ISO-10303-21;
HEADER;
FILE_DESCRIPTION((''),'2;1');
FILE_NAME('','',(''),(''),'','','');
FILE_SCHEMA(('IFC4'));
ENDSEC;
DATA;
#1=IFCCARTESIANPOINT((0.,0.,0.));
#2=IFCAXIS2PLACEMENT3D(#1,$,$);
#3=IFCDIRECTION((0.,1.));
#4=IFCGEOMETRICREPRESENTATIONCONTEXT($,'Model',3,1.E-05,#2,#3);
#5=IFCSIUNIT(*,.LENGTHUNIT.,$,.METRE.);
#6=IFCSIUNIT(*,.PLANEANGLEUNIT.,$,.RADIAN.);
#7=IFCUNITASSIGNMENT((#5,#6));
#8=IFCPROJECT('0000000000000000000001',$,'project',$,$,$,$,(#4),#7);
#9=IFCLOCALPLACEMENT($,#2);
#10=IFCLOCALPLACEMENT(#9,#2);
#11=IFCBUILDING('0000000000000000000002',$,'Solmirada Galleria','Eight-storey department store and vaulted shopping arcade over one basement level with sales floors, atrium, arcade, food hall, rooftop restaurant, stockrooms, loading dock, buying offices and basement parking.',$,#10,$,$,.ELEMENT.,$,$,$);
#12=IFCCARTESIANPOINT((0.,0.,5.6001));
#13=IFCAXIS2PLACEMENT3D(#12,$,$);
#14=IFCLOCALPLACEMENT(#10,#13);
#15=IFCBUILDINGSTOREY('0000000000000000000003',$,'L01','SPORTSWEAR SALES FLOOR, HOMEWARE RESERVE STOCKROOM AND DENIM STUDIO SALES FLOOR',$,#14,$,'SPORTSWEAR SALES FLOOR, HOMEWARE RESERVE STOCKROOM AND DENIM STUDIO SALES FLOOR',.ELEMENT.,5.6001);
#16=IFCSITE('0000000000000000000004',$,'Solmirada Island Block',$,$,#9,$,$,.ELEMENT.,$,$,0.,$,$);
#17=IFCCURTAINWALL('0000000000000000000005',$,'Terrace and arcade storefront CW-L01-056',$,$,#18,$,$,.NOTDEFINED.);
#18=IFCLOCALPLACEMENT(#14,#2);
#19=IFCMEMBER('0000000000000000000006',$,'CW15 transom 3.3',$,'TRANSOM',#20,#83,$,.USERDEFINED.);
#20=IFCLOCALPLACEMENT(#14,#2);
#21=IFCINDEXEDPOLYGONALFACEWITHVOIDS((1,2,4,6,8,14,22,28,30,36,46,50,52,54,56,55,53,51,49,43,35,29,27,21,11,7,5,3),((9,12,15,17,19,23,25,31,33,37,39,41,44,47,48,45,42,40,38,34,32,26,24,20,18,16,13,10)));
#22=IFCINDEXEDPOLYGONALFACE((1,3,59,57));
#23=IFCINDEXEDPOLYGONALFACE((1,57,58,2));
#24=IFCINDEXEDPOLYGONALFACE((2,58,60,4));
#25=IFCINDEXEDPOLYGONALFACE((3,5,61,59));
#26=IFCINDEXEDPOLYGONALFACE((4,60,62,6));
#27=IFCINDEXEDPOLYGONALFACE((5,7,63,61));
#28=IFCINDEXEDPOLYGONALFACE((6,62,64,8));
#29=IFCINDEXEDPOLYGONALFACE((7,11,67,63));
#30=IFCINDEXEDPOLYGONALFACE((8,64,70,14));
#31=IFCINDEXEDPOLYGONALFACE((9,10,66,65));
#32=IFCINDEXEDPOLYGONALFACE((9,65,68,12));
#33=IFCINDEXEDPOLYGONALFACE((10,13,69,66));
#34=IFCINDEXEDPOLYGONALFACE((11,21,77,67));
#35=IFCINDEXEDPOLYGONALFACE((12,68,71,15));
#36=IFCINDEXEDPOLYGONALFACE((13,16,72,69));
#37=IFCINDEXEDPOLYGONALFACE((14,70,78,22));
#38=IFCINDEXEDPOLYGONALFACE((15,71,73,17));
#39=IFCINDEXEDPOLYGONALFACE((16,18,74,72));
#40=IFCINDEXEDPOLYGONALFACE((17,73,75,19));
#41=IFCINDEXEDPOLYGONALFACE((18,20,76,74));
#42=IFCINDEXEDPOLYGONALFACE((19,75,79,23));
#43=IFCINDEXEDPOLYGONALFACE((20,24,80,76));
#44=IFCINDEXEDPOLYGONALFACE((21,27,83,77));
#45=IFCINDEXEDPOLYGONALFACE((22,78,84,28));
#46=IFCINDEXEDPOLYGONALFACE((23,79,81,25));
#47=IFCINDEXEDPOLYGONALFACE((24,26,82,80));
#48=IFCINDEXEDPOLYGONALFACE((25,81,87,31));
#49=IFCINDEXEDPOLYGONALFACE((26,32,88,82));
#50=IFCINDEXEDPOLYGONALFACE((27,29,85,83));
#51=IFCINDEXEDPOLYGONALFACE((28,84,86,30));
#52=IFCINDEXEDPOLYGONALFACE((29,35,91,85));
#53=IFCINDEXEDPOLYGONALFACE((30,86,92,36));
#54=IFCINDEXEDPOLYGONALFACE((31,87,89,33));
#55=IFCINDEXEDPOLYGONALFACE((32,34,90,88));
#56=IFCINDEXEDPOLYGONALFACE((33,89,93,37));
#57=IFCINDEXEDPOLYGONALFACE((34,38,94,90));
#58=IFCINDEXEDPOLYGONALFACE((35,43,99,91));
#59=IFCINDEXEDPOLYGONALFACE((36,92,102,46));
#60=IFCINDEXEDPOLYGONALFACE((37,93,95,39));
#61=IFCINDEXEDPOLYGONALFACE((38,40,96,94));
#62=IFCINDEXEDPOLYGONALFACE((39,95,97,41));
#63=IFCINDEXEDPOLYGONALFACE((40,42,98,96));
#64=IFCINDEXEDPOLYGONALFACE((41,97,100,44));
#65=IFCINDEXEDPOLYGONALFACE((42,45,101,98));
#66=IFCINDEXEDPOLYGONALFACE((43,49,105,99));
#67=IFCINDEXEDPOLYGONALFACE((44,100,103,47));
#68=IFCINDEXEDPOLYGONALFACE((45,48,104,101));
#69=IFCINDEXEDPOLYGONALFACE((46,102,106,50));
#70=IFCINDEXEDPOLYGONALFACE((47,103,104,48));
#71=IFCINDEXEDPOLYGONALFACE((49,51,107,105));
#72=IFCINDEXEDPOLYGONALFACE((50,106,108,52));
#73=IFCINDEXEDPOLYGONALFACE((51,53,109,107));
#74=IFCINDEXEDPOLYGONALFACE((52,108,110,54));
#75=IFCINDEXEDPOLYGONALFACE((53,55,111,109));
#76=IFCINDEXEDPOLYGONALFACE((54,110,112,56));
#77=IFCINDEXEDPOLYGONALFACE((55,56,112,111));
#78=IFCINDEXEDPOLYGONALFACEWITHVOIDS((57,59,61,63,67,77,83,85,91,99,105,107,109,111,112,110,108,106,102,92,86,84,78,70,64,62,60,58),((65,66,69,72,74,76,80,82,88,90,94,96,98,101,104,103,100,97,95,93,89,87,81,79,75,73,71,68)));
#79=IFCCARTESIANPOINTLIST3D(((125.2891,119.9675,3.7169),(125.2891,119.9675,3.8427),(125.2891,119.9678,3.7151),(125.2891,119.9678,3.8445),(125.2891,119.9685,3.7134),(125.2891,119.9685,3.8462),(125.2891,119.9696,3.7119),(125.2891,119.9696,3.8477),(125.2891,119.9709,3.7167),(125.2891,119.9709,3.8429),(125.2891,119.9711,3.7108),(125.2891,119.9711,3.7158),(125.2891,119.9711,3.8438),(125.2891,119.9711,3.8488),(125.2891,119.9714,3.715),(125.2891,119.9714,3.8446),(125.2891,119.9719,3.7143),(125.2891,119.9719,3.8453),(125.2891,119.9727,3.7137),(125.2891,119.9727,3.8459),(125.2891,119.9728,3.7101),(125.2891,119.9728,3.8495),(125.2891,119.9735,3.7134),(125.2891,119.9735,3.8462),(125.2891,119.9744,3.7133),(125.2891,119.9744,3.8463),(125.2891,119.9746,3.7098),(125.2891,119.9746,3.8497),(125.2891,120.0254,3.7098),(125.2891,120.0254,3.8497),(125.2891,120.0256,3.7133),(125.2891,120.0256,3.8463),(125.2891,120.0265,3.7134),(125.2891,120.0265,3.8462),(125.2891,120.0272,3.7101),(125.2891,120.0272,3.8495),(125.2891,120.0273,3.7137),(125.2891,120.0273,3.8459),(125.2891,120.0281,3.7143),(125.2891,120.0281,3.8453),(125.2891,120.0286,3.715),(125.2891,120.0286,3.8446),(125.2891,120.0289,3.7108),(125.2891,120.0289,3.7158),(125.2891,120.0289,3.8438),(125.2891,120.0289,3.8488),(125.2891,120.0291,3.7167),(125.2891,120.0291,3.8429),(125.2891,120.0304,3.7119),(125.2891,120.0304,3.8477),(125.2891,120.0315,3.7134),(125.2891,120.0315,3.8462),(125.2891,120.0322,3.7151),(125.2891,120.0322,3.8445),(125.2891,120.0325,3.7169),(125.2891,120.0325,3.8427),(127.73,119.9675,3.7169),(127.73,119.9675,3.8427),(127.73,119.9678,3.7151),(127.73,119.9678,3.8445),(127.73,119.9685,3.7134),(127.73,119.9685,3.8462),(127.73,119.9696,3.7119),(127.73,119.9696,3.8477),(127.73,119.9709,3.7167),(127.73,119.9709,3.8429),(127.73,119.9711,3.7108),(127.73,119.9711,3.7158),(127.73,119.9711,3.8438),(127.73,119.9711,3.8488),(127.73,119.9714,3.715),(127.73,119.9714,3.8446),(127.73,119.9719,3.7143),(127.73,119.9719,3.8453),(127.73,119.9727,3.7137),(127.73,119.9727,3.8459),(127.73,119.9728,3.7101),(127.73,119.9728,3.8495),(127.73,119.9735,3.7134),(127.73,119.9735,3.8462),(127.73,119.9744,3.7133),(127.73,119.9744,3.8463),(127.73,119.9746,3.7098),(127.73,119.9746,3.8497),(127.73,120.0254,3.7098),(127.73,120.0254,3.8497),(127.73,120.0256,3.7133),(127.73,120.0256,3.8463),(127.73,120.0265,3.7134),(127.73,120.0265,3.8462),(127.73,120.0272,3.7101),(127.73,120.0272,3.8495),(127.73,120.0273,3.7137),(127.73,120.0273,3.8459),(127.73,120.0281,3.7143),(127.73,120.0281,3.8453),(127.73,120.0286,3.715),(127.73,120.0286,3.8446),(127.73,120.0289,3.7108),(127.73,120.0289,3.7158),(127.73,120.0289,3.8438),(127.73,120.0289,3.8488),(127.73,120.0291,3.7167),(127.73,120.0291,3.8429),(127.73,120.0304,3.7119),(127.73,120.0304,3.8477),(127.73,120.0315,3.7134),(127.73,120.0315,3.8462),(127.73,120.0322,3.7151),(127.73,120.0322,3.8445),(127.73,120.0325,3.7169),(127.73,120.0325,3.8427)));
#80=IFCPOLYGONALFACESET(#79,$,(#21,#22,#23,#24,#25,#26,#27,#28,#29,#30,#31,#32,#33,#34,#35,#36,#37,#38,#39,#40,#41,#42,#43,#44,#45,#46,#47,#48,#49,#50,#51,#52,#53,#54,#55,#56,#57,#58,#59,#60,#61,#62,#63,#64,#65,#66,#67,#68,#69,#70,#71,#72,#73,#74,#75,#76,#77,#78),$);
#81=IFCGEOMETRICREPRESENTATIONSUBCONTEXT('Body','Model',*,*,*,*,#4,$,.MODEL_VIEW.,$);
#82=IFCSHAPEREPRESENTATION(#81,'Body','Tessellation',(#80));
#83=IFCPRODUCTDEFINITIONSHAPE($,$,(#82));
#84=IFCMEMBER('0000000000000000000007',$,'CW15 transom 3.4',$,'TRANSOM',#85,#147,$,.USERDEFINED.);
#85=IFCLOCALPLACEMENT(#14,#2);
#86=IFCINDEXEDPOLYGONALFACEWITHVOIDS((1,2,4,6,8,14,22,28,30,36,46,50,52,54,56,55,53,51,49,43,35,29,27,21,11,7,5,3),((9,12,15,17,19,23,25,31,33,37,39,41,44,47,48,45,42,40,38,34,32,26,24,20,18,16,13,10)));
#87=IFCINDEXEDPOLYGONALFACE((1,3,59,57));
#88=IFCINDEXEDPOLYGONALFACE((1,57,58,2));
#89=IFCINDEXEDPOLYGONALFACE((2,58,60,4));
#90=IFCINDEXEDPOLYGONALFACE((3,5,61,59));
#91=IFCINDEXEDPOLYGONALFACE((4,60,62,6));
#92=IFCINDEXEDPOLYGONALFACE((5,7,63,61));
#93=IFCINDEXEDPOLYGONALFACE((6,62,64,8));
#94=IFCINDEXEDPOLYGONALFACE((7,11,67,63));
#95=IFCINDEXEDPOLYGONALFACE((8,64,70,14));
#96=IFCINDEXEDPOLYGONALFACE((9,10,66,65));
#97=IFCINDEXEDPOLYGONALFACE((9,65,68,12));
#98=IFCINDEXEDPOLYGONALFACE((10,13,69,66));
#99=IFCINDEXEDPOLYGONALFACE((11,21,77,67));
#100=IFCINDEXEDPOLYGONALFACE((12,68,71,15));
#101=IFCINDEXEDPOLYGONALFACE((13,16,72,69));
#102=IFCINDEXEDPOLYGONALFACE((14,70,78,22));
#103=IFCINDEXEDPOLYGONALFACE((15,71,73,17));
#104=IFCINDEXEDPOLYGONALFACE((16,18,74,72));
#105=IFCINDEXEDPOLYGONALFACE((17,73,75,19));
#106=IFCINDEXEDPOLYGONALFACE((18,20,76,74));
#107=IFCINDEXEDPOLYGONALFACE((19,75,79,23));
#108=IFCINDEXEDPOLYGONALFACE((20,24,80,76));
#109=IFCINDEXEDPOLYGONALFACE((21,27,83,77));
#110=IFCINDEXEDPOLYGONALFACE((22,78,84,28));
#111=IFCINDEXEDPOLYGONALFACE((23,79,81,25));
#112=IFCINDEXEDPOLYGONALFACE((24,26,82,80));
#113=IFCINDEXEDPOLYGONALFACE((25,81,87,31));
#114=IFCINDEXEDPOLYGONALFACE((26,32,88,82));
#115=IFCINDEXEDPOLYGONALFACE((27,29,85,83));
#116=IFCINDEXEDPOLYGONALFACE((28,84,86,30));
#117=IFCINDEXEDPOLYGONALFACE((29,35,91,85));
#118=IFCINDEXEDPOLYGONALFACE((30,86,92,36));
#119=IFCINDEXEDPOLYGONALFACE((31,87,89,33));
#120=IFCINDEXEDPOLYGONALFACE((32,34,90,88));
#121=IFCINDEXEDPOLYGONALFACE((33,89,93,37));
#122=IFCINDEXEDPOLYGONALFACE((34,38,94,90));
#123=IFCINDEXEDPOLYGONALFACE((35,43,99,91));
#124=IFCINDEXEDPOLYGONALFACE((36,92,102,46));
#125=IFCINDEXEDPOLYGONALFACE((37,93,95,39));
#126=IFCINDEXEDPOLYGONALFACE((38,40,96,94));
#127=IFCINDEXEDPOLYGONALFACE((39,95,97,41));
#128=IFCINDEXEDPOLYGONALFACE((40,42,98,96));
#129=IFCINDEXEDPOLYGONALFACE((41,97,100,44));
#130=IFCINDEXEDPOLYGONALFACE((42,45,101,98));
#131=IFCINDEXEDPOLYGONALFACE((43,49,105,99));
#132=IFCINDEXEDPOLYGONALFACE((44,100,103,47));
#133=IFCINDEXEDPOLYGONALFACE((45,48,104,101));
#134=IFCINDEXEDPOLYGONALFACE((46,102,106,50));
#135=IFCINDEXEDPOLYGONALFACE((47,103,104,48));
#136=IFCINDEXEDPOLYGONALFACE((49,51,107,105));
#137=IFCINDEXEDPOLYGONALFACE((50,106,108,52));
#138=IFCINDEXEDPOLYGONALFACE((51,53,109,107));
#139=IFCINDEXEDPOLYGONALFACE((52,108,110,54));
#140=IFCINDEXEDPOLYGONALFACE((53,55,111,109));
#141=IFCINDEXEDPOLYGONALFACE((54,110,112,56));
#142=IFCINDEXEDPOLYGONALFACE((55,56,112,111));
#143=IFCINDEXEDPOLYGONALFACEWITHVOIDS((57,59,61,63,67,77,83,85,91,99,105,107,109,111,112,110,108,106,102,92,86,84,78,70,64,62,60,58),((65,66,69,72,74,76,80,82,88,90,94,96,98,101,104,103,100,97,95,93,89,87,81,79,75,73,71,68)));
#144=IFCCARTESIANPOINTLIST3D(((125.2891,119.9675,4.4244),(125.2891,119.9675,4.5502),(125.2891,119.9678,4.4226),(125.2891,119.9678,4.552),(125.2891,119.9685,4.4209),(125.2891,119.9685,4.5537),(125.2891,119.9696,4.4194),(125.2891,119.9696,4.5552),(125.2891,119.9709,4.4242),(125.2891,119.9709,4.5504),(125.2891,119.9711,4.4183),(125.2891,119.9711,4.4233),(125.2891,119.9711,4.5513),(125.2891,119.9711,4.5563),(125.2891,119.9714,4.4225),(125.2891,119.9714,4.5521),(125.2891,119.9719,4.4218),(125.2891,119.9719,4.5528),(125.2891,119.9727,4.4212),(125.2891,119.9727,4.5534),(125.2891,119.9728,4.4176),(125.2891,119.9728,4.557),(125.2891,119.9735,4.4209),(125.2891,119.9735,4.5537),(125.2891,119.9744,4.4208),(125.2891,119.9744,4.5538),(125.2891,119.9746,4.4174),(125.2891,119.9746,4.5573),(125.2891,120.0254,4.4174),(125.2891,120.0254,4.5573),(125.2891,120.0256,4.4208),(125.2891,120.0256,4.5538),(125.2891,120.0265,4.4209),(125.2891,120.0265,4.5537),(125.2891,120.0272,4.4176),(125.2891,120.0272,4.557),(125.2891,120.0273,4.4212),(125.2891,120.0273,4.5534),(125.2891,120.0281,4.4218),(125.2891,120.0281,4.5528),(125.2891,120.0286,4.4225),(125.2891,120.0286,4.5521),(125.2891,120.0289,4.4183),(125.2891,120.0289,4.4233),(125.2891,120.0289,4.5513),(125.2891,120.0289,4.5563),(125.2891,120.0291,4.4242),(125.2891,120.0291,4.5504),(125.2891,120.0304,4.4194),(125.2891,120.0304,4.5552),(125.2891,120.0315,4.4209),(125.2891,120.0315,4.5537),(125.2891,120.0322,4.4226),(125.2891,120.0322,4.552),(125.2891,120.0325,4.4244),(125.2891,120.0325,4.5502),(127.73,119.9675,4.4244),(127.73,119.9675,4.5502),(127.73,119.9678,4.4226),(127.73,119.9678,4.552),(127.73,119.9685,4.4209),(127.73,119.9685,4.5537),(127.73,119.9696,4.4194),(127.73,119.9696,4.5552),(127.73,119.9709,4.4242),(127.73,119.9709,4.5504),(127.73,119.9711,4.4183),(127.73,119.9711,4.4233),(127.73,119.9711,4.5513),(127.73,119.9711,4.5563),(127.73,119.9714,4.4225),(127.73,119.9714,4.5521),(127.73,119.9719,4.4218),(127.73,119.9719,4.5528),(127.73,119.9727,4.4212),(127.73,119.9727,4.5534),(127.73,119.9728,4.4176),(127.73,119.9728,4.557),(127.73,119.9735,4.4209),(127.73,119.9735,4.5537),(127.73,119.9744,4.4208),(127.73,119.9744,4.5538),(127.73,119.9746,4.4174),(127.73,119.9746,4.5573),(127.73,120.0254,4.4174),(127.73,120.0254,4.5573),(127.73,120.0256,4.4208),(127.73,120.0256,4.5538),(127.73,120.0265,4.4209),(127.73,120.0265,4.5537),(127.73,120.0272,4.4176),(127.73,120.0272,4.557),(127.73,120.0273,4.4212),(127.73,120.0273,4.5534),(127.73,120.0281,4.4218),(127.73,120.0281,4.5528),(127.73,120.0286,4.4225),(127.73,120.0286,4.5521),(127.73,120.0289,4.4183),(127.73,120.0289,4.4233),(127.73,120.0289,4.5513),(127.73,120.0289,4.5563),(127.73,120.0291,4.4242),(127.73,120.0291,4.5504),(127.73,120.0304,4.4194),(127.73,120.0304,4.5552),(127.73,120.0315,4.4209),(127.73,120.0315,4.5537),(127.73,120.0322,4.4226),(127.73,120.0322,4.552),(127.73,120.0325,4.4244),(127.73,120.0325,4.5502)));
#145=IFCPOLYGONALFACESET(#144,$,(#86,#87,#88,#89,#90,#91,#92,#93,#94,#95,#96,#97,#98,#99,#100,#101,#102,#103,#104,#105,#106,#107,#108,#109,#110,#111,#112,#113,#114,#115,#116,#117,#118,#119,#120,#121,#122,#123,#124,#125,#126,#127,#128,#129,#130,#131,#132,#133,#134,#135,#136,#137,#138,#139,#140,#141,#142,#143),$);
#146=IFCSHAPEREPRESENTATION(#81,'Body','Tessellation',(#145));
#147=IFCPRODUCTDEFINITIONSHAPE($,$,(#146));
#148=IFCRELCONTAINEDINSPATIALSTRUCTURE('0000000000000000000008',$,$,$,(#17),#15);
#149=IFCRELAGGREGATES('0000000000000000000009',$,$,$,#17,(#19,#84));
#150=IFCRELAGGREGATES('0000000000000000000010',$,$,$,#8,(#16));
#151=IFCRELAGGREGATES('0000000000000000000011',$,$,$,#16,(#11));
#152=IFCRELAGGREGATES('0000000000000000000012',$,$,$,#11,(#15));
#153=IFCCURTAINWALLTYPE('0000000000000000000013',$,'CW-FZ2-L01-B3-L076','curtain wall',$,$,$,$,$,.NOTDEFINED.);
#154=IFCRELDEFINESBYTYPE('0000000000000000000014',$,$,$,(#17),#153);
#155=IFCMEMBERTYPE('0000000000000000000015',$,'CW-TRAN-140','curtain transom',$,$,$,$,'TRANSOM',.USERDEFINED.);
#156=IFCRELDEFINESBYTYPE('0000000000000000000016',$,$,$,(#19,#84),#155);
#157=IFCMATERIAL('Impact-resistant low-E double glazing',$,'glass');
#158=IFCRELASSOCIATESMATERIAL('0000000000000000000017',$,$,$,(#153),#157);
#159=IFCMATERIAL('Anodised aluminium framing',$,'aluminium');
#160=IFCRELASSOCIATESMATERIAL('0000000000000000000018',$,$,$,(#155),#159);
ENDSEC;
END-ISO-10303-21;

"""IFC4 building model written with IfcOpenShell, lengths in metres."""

from ifc_helpers import new_model, si_unit, direction, frame, origin, origin_2d, place, context, subcontext, project, spatial, hollow_rectangle, extrude, material, material_profile, profile_set, type_object, element, aggregate, save


model = new_model("IFC4")

# Units and contexts
model_context = context("Model", 3, precision=1e-05, world=origin(), true_north=direction((0.0, 1.0)))
body_context = subcontext(model_context, "Body", "Model", "MODEL_VIEW")
ifc_project = project(units=[si_unit("LENGTHUNIT", "METRE"), si_unit("PLANEANGLEUNIT", "RADIAN")], contexts=[model_context])

# Site, building, storey
site_placement = place(None, origin())
site = spatial("IfcSite", under=ifc_project, at=site_placement, Name="Solmirada Island Block", CompositionType="ELEMENT", RefElevation=0.0)
building_placement = place(site_placement, origin())
building = spatial("IfcBuilding", under=site, at=building_placement, Name="Solmirada Galleria", Description="Eight-storey department store and vaulted shopping arcade over one basement level with sales floors, atrium, arcade, food hall, rooftop restaurant, stockrooms, loading dock, buying offices and basement parking.", CompositionType="ELEMENT")
storey_placement = place(building_placement, frame((0.0, 0.0, 5.6001)))
storey = spatial("IfcBuildingStorey", under=building, at=storey_placement, Name="L01", Description="SPORTSWEAR SALES FLOOR, HOMEWARE RESERVE STOCKROOM AND DENIM STUDIO SALES FLOOR", LongName="SPORTSWEAR SALES FLOOR, HOMEWARE RESERVE STOCKROOM AND DENIM STUDIO SALES FLOOR", CompositionType="ELEMENT", Elevation=5.6001)

# Curtain wall
ifc_material_1 = material(Name="Impact-resistant low-E double glazing", Category="glass")
curtain_wall_type = type_object("IfcCurtainWallType", Name="CW-FZ2-L01-B3-L076", Description="curtain wall", PredefinedType="NOTDEFINED", material=ifc_material_1)
curtain_wall_1_placement = place(storey_placement, origin())
curtain_wall_1 = element("IfcCurtainWall", 1, at=curtain_wall_1_placement, inside=storey, type_object=curtain_wall_type, Name="Terrace and arcade storefront CW-L01-056", PredefinedType="NOTDEFINED")
ifc_material_2 = material(Name="Anodised aluminium framing", Category="aluminium")

# Members
ifc_material_profile_1 = material_profile(ifc_material_2, hollow_rectangle(XDim=0.0649, YDim=0.1399, WallThickness=0.0034, InnerFilletRadius=0.0034, OuterFilletRadius=0.0071, at=origin_2d()), Name="ALU-TRAN-140X65")
ifc_profile_set_1 = profile_set([ifc_material_profile_1], Name="Anodised aluminium framing")
member_type_1 = type_object("IfcMemberType", Name="CW-TRAN-140", Description="curtain transom", ElementType="TRANSOM", PredefinedType="USERDEFINED", material=ifc_profile_set_1)
member_1_placement = place(storey_placement, frame((125.2891, 120.0, 3.7798), z_axis=(1.0, 0.0, 0.0), x_axis=(0.0, 1.0, 0.0)))
member_1 = element("IfcMember", 2, at=member_1_placement, type_object=member_type_1, Name="CW15 transom 3.3", ObjectType="TRANSOM", PredefinedType="USERDEFINED", context=body_context, shape_type="SweptSolid", body=[
    extrude(hollow_rectangle(XDim=0.0649, YDim=0.1399, WallThickness=0.0034, InnerFilletRadius=0.0034, OuterFilletRadius=0.0071, at=origin_2d()), origin(), (0.0, 0.0, 1.0), 2.4409),
])
member_2_placement = place(storey_placement, frame((125.2891, 120.0, 4.4873), z_axis=(1.0, 0.0, 0.0), x_axis=(0.0, 1.0, 0.0)))
member_2 = element("IfcMember", 3, at=member_2_placement, type_object=member_type_1, Name="CW15 transom 3.4", ObjectType="TRANSOM", PredefinedType="USERDEFINED", context=body_context, shape_type="SweptSolid", body=[
    extrude(hollow_rectangle(XDim=0.0649, YDim=0.1399, WallThickness=0.0034, InnerFilletRadius=0.0034, OuterFilletRadius=0.0071, at=origin_2d()), origin(), (0.0, 0.0, 1.0), 2.4409),
])

aggregate(curtain_wall_1, [member_1, member_2])

save(model, "model.ifc")
